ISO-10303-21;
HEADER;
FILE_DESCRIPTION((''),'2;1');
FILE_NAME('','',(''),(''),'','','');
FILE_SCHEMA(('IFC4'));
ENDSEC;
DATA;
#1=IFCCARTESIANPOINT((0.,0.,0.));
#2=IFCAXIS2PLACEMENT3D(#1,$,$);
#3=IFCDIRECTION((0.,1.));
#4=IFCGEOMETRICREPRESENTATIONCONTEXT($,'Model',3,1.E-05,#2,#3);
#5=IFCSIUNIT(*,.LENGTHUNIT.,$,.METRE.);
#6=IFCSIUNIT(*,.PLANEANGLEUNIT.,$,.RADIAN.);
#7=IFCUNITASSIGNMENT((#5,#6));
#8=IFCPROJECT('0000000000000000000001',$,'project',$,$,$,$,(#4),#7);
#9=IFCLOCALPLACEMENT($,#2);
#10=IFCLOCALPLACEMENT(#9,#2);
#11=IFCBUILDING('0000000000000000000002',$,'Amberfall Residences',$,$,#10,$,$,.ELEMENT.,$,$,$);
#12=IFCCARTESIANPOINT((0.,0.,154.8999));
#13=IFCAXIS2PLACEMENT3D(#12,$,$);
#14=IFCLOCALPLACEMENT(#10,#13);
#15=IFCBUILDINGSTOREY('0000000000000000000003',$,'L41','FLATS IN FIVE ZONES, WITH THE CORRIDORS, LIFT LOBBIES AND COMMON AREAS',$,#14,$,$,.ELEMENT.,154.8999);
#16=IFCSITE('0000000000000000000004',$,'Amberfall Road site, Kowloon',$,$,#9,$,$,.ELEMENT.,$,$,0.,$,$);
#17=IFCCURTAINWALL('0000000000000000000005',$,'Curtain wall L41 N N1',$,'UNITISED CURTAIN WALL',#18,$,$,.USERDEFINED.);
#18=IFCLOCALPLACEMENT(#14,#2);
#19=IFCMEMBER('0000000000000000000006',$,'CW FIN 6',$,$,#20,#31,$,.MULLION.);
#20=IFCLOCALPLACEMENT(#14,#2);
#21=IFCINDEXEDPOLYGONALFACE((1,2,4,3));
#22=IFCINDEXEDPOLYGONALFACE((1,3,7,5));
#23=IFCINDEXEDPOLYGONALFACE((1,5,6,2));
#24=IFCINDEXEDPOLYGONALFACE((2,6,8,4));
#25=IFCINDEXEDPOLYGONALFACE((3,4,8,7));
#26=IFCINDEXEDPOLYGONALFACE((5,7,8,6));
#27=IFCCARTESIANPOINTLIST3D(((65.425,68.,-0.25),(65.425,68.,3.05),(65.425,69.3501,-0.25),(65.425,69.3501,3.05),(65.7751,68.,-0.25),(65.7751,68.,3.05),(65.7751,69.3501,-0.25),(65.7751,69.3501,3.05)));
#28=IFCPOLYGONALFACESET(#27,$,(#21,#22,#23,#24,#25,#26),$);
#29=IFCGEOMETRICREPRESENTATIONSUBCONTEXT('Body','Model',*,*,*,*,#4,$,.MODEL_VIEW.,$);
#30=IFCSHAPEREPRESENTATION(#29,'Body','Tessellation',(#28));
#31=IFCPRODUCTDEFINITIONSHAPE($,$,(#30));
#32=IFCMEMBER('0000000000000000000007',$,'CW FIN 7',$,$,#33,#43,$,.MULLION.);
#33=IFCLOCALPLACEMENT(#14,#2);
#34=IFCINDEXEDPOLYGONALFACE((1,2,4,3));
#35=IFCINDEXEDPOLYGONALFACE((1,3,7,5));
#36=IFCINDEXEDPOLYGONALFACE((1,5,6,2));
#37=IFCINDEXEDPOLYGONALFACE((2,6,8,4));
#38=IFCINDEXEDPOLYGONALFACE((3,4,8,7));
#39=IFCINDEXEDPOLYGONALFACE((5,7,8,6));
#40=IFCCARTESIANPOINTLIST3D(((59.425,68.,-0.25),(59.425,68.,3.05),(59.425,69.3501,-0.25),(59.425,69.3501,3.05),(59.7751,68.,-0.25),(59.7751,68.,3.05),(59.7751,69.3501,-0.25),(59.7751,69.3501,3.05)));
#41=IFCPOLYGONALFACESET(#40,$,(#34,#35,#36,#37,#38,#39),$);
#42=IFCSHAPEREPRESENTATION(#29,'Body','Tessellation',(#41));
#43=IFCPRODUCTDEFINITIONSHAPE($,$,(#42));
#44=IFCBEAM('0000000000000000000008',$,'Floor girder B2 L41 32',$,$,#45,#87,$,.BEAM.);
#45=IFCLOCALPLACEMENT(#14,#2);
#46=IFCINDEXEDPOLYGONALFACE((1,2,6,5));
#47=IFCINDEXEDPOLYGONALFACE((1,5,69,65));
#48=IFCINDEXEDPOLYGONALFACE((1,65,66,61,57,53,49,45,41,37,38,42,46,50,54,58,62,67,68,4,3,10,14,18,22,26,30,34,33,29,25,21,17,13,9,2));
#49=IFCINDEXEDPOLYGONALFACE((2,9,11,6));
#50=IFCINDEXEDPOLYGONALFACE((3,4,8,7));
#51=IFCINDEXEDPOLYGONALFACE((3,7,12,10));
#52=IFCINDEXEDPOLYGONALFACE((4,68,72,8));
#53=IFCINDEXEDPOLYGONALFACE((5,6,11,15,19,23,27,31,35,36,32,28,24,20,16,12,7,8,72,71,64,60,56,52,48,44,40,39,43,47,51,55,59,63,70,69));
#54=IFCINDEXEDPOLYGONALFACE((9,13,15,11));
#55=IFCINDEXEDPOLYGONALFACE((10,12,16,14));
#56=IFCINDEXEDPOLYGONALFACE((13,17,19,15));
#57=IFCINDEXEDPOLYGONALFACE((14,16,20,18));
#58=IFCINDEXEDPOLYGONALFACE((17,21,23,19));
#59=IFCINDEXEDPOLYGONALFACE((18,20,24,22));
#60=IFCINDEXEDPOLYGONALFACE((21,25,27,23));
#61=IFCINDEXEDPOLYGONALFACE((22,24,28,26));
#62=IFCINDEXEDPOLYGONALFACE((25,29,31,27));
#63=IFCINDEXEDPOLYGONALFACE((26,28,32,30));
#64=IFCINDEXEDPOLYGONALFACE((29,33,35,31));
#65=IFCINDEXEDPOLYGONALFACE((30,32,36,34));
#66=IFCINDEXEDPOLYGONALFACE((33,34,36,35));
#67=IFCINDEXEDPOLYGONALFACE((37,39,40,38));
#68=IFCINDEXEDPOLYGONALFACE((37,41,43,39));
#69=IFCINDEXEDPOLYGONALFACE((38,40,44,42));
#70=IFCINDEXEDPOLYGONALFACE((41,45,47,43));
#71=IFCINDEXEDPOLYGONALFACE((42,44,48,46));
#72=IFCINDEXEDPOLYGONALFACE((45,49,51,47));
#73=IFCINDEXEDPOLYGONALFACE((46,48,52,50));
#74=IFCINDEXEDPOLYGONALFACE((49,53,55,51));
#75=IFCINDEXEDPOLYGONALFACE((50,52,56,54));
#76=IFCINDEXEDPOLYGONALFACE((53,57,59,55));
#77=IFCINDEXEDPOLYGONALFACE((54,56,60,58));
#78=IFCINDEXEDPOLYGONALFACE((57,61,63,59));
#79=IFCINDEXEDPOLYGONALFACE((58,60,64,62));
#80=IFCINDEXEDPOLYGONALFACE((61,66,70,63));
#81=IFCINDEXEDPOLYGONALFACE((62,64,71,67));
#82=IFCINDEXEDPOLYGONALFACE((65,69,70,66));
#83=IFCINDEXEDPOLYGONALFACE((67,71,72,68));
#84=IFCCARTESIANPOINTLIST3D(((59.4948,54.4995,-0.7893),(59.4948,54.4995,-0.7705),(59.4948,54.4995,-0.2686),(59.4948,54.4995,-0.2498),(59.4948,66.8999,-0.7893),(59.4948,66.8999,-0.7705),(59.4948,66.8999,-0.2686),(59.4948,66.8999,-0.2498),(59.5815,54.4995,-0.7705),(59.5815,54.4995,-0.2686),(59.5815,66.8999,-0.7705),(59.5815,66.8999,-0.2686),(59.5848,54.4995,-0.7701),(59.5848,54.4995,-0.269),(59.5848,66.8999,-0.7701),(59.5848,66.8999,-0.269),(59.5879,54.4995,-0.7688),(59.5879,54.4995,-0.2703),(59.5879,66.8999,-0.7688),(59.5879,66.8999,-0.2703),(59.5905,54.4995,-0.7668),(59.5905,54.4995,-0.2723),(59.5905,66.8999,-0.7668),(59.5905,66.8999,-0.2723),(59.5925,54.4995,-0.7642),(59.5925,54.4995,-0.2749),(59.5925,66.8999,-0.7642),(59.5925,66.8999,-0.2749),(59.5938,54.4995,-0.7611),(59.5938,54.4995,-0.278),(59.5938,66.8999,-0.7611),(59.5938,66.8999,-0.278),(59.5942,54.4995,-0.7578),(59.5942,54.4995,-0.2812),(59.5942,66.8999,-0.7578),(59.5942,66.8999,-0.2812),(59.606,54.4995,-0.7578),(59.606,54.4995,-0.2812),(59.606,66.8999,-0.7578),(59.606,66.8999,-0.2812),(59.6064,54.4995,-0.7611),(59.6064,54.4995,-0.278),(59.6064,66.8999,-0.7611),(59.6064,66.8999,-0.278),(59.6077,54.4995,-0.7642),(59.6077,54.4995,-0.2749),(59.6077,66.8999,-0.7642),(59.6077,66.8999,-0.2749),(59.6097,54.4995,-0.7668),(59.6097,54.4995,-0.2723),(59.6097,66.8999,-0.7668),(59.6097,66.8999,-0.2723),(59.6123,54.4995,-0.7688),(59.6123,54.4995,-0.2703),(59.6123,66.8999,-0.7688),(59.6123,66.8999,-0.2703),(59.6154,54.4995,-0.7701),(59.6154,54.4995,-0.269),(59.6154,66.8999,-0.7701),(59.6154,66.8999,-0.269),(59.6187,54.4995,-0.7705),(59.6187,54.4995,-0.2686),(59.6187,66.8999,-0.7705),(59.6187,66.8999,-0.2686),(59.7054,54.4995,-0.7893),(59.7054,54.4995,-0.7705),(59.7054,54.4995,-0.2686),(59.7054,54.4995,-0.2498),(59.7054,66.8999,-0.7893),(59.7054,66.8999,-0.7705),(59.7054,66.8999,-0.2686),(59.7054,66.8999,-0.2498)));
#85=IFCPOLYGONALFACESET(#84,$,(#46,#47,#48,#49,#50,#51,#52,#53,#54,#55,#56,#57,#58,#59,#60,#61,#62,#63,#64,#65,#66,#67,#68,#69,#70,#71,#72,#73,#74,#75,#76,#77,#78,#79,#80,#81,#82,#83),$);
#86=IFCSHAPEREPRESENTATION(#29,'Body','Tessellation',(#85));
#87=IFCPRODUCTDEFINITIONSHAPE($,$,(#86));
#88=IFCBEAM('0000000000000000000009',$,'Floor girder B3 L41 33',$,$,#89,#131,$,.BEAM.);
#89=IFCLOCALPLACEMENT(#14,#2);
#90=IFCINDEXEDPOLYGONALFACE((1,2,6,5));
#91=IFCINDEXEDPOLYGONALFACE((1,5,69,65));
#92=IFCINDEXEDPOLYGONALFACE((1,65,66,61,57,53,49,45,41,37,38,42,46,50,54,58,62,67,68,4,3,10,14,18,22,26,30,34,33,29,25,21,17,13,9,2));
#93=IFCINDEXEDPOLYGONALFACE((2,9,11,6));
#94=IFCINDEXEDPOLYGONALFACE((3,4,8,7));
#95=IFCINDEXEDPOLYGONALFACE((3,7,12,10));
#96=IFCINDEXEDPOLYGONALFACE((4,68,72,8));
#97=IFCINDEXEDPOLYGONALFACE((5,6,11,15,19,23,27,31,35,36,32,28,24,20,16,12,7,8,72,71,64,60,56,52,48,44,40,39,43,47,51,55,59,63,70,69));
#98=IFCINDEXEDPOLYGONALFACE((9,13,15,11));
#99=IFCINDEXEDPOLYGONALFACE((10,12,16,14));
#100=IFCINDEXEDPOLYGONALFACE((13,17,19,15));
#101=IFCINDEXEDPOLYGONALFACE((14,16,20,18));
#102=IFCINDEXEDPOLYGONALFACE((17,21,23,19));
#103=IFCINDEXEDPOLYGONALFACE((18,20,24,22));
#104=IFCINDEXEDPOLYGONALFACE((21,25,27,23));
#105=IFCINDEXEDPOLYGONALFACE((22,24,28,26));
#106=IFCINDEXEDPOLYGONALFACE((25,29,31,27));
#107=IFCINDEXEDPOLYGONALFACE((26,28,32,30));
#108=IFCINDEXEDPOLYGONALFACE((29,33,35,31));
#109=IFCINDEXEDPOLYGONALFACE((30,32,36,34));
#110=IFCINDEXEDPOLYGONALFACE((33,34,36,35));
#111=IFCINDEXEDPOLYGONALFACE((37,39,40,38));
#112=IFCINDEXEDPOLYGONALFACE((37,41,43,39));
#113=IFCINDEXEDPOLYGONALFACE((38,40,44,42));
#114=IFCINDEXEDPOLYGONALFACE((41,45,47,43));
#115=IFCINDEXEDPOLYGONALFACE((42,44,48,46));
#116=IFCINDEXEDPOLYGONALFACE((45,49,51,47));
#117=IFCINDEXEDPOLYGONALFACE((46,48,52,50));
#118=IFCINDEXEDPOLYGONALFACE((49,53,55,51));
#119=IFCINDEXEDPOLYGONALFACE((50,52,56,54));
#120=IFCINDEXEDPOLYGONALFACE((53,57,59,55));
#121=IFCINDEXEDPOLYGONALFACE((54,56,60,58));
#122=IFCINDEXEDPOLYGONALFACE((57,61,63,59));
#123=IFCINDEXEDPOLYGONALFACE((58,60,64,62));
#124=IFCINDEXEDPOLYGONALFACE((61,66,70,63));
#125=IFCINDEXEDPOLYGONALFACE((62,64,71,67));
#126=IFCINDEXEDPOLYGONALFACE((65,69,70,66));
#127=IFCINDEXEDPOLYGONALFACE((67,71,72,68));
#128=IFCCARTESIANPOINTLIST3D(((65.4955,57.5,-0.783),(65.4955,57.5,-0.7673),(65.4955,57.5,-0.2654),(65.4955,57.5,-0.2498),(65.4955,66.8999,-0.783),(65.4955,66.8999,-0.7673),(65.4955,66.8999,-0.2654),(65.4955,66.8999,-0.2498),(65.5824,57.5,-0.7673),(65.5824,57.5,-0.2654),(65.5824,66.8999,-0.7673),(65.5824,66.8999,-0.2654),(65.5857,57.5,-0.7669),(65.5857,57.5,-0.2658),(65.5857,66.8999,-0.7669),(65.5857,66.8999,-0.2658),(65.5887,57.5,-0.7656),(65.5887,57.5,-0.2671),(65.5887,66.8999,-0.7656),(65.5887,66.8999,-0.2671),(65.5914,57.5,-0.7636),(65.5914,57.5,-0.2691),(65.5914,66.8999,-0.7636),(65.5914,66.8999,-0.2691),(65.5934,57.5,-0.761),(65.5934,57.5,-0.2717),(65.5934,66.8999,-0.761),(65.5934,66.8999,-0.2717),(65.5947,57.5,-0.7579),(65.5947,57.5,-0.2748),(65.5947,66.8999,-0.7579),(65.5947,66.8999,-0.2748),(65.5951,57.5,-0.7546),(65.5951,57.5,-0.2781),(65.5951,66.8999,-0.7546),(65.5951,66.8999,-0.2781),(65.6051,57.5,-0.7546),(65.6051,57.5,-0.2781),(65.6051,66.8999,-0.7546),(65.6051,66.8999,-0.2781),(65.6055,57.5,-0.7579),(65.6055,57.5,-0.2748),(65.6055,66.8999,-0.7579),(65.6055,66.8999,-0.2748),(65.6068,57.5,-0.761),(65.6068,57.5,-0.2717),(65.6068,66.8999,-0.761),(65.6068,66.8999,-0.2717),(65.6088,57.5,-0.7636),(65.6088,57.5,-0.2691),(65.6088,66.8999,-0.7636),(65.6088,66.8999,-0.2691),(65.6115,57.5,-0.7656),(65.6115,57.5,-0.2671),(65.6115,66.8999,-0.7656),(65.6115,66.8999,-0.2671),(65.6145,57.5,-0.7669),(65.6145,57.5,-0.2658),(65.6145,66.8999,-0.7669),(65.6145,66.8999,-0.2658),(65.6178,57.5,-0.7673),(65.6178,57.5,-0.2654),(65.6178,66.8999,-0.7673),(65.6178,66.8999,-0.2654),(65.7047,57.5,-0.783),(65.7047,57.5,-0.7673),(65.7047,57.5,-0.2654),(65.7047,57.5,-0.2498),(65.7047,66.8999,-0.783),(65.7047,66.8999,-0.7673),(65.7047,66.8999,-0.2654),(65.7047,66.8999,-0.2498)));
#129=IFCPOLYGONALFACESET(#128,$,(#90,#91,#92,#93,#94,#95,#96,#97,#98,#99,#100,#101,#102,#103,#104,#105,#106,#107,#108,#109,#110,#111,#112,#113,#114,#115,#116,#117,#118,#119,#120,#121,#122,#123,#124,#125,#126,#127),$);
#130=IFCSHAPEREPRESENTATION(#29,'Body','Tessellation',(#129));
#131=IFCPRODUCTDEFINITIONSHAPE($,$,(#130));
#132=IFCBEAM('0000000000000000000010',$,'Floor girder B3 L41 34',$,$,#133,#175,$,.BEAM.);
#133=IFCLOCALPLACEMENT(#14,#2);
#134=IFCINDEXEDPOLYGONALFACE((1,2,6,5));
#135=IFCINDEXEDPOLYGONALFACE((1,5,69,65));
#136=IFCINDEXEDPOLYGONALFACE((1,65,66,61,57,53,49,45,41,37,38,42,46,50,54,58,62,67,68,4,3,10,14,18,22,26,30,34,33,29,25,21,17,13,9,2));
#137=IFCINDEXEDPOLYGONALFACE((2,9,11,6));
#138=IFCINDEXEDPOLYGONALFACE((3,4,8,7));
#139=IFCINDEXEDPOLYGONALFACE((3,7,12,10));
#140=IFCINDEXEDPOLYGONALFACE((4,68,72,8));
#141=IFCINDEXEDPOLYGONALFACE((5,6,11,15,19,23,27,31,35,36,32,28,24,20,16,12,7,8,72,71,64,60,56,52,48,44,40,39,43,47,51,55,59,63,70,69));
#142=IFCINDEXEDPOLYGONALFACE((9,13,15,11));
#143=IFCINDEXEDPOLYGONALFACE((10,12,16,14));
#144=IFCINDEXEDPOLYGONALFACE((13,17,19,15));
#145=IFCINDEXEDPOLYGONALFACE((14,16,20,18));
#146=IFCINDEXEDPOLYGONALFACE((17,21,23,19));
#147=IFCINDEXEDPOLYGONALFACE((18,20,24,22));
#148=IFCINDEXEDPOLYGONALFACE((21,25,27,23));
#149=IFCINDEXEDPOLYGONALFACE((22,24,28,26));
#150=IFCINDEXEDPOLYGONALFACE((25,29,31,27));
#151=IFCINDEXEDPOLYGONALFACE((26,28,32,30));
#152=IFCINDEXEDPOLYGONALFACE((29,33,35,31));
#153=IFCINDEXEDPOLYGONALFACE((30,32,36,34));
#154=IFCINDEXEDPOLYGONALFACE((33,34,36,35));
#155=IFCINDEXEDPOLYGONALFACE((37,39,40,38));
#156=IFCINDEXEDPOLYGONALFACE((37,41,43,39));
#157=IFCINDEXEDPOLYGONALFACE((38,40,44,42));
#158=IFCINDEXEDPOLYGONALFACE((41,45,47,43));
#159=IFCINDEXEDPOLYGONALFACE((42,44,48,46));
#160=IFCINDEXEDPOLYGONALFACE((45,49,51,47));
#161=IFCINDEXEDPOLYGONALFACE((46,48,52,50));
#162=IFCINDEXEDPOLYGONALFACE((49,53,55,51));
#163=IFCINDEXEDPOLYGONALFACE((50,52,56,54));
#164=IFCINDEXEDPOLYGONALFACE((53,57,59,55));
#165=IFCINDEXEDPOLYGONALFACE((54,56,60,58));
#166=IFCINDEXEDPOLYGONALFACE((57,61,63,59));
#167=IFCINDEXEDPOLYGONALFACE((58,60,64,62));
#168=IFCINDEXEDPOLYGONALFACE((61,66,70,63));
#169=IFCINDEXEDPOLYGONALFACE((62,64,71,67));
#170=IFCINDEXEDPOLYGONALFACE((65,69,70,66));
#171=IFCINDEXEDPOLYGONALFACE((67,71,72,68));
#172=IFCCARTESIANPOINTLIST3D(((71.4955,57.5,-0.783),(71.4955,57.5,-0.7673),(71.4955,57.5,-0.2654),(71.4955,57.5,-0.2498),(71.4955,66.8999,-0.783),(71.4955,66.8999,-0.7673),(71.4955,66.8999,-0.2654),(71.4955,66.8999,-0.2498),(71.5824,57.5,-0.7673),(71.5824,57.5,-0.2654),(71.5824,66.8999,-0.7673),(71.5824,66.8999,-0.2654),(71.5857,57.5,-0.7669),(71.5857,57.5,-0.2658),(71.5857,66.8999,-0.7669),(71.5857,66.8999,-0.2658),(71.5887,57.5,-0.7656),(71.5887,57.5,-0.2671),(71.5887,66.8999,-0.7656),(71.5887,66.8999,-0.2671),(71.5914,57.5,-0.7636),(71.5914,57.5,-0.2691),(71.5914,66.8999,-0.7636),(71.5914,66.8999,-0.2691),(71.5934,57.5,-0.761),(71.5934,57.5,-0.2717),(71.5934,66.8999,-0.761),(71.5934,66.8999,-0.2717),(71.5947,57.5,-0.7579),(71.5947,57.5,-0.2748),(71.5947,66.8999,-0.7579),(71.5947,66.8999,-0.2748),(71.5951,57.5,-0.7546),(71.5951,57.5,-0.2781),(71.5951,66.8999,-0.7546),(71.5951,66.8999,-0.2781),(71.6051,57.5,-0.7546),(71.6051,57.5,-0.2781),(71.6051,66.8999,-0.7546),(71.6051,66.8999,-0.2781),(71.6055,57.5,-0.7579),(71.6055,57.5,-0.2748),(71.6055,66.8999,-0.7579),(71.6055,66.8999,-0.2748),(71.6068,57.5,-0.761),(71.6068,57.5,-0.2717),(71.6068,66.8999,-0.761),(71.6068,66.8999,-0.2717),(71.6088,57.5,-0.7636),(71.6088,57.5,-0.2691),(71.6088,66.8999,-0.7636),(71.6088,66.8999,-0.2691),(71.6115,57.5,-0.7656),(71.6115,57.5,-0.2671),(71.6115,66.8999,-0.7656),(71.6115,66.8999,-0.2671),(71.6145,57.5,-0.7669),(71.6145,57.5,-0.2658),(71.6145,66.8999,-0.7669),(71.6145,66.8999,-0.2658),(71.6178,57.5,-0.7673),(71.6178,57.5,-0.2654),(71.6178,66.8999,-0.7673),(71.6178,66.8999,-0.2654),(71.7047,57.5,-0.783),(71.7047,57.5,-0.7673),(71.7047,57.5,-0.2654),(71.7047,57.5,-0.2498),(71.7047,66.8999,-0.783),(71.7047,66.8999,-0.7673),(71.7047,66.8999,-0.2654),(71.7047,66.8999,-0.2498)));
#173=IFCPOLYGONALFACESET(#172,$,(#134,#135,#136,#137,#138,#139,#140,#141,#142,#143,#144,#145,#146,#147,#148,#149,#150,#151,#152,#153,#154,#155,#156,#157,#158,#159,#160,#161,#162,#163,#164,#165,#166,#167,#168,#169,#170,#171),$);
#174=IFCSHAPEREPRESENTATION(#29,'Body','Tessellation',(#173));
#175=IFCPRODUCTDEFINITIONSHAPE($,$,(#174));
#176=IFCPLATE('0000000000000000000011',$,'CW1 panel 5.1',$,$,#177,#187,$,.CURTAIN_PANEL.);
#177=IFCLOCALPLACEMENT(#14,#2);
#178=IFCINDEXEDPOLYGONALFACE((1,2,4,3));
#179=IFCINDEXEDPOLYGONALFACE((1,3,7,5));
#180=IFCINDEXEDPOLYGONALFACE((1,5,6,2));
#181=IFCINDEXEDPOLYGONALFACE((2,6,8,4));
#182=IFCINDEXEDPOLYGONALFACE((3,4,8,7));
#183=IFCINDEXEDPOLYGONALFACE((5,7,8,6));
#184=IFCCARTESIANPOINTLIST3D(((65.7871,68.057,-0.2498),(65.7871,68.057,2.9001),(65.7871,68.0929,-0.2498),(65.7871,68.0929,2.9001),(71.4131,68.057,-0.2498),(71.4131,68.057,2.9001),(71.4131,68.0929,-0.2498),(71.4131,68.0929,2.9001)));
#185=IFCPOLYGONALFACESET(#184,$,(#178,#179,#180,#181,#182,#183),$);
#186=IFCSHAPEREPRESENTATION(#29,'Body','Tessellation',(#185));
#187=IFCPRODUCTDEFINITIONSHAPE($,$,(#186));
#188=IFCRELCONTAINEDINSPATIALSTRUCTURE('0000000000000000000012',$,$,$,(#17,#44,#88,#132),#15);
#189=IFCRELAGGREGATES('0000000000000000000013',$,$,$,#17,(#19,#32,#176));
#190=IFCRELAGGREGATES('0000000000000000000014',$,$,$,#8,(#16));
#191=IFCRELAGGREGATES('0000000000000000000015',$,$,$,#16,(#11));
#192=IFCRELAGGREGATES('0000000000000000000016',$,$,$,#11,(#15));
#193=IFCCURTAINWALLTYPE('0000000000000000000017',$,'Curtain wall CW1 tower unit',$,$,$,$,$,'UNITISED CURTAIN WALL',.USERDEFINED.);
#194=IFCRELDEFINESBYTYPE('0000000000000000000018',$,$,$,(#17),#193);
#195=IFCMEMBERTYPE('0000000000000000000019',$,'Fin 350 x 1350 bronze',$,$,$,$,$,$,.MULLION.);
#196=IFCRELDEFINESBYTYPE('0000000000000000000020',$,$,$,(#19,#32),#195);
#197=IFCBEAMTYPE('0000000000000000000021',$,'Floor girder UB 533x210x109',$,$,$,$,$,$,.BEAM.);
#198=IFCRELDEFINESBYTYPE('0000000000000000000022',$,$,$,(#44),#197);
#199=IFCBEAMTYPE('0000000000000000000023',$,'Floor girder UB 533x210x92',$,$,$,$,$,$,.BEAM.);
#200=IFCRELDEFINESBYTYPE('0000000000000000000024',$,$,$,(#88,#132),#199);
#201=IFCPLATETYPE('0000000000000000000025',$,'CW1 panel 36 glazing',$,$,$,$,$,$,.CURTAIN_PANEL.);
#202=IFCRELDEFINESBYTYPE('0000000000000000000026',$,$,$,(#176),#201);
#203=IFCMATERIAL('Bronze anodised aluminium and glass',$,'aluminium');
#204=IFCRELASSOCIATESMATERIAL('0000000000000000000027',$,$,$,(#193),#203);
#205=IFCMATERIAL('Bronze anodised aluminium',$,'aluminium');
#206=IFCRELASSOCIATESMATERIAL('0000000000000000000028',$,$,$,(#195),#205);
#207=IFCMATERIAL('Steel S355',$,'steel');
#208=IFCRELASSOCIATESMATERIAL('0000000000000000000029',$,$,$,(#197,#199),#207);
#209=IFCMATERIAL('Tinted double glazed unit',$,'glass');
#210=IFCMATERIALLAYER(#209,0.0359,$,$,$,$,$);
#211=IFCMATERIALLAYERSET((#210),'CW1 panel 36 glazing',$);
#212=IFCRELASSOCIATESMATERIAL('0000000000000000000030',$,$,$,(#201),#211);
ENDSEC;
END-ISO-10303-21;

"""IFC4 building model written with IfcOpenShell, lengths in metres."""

from ifc_helpers import new_model, si_unit, direction, frame, origin, origin_2d, place, context, subcontext, project, spatial, rectangle, i_section, extrude, material, layer, layer_set, material_profile, profile_set, type_object, element, aggregate, save


model = new_model("IFC4")

# Units and contexts
model_context = context("Model", 3, precision=1e-05, world=origin(), true_north=direction((0.0, 1.0)))
body_context = subcontext(model_context, "Body", "Model", "MODEL_VIEW")
ifc_project = project(units=[si_unit("LENGTHUNIT", "METRE"), si_unit("PLANEANGLEUNIT", "RADIAN")], contexts=[model_context])

# Site, building, storey
site_placement = place(None, origin())
site = spatial("IfcSite", under=ifc_project, at=site_placement, Name="Amberfall Road site, Kowloon", CompositionType="ELEMENT", RefElevation=0.0)
building_placement = place(site_placement, origin())
building = spatial("IfcBuilding", under=site, at=building_placement, Name="Amberfall Residences", CompositionType="ELEMENT")
storey_placement = place(building_placement, frame((0.0, 0.0, 154.8999)))
storey = spatial("IfcBuildingStorey", under=building, at=storey_placement, Name="L41", Description="FLATS IN FIVE ZONES, WITH THE CORRIDORS, LIFT LOBBIES AND COMMON AREAS", CompositionType="ELEMENT", Elevation=154.8999)

# Curtain wall
ifc_material_1 = material(Name="Bronze anodised aluminium and glass", Category="aluminium")
curtain_wall_type = type_object("IfcCurtainWallType", Name="Curtain wall CW1 tower unit", ElementType="UNITISED CURTAIN WALL", PredefinedType="USERDEFINED", material=ifc_material_1)
curtain_wall_placement = place(storey_placement, origin())
curtain_wall = element("IfcCurtainWall", 1, at=curtain_wall_placement, inside=storey, type_object=curtain_wall_type, Name="Curtain wall L41 N N1", ObjectType="UNITISED CURTAIN WALL", PredefinedType="USERDEFINED")
ifc_material_2 = material(Name="Bronze anodised aluminium", Category="aluminium")

# Shared definitions
ifc_material_3 = material(Name="Steel S355", Category="steel")

# Members
ifc_material_profile_1 = material_profile(ifc_material_2, rectangle(XDim=1.3501, YDim=0.3501, at=origin_2d()), Name="Fin 350 x 1350 bronze")
ifc_profile_set_1 = profile_set([ifc_material_profile_1], Name="Bronze anodised aluminium")
member_type_1 = type_object("IfcMemberType", Name="Fin 350 x 1350 bronze", PredefinedType="MULLION", material=ifc_profile_set_1)
member_1_placement = place(storey_placement, frame((65.6001, 68.675, -0.25), z_axis=(0.0, 0.0, 1.0), x_axis=(0.0, -1.0, 0.0)))
member_1 = element("IfcMember", 2, at=member_1_placement, type_object=member_type_1, Name="CW FIN 6", PredefinedType="MULLION", context=body_context, shape_type="SweptSolid", body=[
    extrude(rectangle(XDim=1.3501, YDim=0.3501, at=origin_2d()), origin(), (0.0, 0.0, 1.0), 3.3),
])
member_2_placement = place(storey_placement, frame((59.6001, 68.675, -0.25), z_axis=(0.0, 0.0, 1.0), x_axis=(0.0, -1.0, 0.0)))
member_2 = element("IfcMember", 3, at=member_2_placement, type_object=member_type_1, Name="CW FIN 7", PredefinedType="MULLION", context=body_context, shape_type="SweptSolid", body=[
    extrude(rectangle(XDim=1.3501, YDim=0.3501, at=origin_2d()), origin(), (0.0, 0.0, 1.0), 3.3),
])

# Beams
ifc_material_profile_2 = material_profile(ifc_material_3, i_section(OverallWidth=0.2107, OverallDepth=0.5396, WebThickness=0.0117, FlangeThickness=0.0188, FilletRadius=0.0127, at=origin_2d()), Name="UB 533x210x109")
ifc_profile_set_2 = profile_set([ifc_material_profile_2], Name="Steel S355")
beam_type_1 = type_object("IfcBeamType", Name="Floor girder UB 533x210x109", PredefinedType="BEAM", material=ifc_profile_set_2)
beam_placement = place(storey_placement, frame((59.6001, 66.8999, -0.5195), z_axis=(0.0, -1.0, 0.0), x_axis=(1.0, 0.0, 0.0)))
element("IfcBeam", 4, at=beam_placement, inside=storey, type_object=beam_type_1, Name="Floor girder B2 L41 32", PredefinedType="BEAM", context=body_context, shape_type="SweptSolid", body=[
    extrude(i_section(OverallWidth=0.2107, OverallDepth=0.5396, WebThickness=0.0117, FlangeThickness=0.0188, FilletRadius=0.0127, at=origin_2d()), origin(), (0.0, 0.0, 1.0), 12.4004),
])
ifc_material_profile_3 = material_profile(ifc_material_3, i_section(OverallWidth=0.2092, OverallDepth=0.5332, WebThickness=0.01, FlangeThickness=0.0156, FilletRadius=0.0127, at=origin_2d()), Name="UB 533x210x92")
ifc_profile_set_3 = profile_set([ifc_material_profile_3], Name="Steel S355")
beam_type_2 = type_object("IfcBeamType", Name="Floor girder UB 533x210x92", PredefinedType="BEAM", material=ifc_profile_set_3)
for number, where, z_axis, x_axis, name in (
    (5, (65.6001, 66.8999, -0.5164), (0.0, -1.0, 0.0), (1.0, 0.0, 0.0), "Floor girder B3 L41 33"),
    (6, (71.6001, 66.8999, -0.5164), (0.0, -1.0, 0.0), (1.0, 0.0, 0.0), "Floor girder B3 L41 34"),
):
    element("IfcBeam", number, at=place(storey_placement, frame(where, z_axis=z_axis, x_axis=x_axis)), inside=storey, type_object=beam_type_2, Name=name, PredefinedType="BEAM", context=body_context, shape_type="SweptSolid", body=[
        extrude(i_section(OverallWidth=0.2092, OverallDepth=0.5332, WebThickness=0.01, FlangeThickness=0.0156, FilletRadius=0.0127, at=origin_2d()), origin(), (0.0, 0.0, 1.0), 9.3999),
    ])

# Plate
ifc_material_4 = material(Name="Tinted double glazed unit", Category="glass")
ifc_layer_1 = layer(ifc_material_4, 0.0359)
ifc_layer_set_1 = layer_set([ifc_layer_1], Name="CW1 panel 36 glazing")
plate_type = type_object("IfcPlateType", Name="CW1 panel 36 glazing", PredefinedType="CURTAIN_PANEL", material=ifc_layer_set_1)
plate_1_placement = place(storey_placement, frame((68.6001, 68.075, -0.2498), z_axis=(0.0, 0.0, 1.0), x_axis=(-1.0, 0.0, 0.0)))
plate_1 = element("IfcPlate", 7, at=plate_1_placement, type_object=plate_type, Name="CW1 panel 5.1", PredefinedType="CURTAIN_PANEL", context=body_context, shape_type="SweptSolid", body=[
    extrude(rectangle(XDim=5.626, YDim=0.0359, at=origin_2d()), origin(), (0.0, 0.0, 1.0), 3.1499),
])
aggregate(curtain_wall, [member_1, member_2, plate_1])

save(model, "model.ifc")
